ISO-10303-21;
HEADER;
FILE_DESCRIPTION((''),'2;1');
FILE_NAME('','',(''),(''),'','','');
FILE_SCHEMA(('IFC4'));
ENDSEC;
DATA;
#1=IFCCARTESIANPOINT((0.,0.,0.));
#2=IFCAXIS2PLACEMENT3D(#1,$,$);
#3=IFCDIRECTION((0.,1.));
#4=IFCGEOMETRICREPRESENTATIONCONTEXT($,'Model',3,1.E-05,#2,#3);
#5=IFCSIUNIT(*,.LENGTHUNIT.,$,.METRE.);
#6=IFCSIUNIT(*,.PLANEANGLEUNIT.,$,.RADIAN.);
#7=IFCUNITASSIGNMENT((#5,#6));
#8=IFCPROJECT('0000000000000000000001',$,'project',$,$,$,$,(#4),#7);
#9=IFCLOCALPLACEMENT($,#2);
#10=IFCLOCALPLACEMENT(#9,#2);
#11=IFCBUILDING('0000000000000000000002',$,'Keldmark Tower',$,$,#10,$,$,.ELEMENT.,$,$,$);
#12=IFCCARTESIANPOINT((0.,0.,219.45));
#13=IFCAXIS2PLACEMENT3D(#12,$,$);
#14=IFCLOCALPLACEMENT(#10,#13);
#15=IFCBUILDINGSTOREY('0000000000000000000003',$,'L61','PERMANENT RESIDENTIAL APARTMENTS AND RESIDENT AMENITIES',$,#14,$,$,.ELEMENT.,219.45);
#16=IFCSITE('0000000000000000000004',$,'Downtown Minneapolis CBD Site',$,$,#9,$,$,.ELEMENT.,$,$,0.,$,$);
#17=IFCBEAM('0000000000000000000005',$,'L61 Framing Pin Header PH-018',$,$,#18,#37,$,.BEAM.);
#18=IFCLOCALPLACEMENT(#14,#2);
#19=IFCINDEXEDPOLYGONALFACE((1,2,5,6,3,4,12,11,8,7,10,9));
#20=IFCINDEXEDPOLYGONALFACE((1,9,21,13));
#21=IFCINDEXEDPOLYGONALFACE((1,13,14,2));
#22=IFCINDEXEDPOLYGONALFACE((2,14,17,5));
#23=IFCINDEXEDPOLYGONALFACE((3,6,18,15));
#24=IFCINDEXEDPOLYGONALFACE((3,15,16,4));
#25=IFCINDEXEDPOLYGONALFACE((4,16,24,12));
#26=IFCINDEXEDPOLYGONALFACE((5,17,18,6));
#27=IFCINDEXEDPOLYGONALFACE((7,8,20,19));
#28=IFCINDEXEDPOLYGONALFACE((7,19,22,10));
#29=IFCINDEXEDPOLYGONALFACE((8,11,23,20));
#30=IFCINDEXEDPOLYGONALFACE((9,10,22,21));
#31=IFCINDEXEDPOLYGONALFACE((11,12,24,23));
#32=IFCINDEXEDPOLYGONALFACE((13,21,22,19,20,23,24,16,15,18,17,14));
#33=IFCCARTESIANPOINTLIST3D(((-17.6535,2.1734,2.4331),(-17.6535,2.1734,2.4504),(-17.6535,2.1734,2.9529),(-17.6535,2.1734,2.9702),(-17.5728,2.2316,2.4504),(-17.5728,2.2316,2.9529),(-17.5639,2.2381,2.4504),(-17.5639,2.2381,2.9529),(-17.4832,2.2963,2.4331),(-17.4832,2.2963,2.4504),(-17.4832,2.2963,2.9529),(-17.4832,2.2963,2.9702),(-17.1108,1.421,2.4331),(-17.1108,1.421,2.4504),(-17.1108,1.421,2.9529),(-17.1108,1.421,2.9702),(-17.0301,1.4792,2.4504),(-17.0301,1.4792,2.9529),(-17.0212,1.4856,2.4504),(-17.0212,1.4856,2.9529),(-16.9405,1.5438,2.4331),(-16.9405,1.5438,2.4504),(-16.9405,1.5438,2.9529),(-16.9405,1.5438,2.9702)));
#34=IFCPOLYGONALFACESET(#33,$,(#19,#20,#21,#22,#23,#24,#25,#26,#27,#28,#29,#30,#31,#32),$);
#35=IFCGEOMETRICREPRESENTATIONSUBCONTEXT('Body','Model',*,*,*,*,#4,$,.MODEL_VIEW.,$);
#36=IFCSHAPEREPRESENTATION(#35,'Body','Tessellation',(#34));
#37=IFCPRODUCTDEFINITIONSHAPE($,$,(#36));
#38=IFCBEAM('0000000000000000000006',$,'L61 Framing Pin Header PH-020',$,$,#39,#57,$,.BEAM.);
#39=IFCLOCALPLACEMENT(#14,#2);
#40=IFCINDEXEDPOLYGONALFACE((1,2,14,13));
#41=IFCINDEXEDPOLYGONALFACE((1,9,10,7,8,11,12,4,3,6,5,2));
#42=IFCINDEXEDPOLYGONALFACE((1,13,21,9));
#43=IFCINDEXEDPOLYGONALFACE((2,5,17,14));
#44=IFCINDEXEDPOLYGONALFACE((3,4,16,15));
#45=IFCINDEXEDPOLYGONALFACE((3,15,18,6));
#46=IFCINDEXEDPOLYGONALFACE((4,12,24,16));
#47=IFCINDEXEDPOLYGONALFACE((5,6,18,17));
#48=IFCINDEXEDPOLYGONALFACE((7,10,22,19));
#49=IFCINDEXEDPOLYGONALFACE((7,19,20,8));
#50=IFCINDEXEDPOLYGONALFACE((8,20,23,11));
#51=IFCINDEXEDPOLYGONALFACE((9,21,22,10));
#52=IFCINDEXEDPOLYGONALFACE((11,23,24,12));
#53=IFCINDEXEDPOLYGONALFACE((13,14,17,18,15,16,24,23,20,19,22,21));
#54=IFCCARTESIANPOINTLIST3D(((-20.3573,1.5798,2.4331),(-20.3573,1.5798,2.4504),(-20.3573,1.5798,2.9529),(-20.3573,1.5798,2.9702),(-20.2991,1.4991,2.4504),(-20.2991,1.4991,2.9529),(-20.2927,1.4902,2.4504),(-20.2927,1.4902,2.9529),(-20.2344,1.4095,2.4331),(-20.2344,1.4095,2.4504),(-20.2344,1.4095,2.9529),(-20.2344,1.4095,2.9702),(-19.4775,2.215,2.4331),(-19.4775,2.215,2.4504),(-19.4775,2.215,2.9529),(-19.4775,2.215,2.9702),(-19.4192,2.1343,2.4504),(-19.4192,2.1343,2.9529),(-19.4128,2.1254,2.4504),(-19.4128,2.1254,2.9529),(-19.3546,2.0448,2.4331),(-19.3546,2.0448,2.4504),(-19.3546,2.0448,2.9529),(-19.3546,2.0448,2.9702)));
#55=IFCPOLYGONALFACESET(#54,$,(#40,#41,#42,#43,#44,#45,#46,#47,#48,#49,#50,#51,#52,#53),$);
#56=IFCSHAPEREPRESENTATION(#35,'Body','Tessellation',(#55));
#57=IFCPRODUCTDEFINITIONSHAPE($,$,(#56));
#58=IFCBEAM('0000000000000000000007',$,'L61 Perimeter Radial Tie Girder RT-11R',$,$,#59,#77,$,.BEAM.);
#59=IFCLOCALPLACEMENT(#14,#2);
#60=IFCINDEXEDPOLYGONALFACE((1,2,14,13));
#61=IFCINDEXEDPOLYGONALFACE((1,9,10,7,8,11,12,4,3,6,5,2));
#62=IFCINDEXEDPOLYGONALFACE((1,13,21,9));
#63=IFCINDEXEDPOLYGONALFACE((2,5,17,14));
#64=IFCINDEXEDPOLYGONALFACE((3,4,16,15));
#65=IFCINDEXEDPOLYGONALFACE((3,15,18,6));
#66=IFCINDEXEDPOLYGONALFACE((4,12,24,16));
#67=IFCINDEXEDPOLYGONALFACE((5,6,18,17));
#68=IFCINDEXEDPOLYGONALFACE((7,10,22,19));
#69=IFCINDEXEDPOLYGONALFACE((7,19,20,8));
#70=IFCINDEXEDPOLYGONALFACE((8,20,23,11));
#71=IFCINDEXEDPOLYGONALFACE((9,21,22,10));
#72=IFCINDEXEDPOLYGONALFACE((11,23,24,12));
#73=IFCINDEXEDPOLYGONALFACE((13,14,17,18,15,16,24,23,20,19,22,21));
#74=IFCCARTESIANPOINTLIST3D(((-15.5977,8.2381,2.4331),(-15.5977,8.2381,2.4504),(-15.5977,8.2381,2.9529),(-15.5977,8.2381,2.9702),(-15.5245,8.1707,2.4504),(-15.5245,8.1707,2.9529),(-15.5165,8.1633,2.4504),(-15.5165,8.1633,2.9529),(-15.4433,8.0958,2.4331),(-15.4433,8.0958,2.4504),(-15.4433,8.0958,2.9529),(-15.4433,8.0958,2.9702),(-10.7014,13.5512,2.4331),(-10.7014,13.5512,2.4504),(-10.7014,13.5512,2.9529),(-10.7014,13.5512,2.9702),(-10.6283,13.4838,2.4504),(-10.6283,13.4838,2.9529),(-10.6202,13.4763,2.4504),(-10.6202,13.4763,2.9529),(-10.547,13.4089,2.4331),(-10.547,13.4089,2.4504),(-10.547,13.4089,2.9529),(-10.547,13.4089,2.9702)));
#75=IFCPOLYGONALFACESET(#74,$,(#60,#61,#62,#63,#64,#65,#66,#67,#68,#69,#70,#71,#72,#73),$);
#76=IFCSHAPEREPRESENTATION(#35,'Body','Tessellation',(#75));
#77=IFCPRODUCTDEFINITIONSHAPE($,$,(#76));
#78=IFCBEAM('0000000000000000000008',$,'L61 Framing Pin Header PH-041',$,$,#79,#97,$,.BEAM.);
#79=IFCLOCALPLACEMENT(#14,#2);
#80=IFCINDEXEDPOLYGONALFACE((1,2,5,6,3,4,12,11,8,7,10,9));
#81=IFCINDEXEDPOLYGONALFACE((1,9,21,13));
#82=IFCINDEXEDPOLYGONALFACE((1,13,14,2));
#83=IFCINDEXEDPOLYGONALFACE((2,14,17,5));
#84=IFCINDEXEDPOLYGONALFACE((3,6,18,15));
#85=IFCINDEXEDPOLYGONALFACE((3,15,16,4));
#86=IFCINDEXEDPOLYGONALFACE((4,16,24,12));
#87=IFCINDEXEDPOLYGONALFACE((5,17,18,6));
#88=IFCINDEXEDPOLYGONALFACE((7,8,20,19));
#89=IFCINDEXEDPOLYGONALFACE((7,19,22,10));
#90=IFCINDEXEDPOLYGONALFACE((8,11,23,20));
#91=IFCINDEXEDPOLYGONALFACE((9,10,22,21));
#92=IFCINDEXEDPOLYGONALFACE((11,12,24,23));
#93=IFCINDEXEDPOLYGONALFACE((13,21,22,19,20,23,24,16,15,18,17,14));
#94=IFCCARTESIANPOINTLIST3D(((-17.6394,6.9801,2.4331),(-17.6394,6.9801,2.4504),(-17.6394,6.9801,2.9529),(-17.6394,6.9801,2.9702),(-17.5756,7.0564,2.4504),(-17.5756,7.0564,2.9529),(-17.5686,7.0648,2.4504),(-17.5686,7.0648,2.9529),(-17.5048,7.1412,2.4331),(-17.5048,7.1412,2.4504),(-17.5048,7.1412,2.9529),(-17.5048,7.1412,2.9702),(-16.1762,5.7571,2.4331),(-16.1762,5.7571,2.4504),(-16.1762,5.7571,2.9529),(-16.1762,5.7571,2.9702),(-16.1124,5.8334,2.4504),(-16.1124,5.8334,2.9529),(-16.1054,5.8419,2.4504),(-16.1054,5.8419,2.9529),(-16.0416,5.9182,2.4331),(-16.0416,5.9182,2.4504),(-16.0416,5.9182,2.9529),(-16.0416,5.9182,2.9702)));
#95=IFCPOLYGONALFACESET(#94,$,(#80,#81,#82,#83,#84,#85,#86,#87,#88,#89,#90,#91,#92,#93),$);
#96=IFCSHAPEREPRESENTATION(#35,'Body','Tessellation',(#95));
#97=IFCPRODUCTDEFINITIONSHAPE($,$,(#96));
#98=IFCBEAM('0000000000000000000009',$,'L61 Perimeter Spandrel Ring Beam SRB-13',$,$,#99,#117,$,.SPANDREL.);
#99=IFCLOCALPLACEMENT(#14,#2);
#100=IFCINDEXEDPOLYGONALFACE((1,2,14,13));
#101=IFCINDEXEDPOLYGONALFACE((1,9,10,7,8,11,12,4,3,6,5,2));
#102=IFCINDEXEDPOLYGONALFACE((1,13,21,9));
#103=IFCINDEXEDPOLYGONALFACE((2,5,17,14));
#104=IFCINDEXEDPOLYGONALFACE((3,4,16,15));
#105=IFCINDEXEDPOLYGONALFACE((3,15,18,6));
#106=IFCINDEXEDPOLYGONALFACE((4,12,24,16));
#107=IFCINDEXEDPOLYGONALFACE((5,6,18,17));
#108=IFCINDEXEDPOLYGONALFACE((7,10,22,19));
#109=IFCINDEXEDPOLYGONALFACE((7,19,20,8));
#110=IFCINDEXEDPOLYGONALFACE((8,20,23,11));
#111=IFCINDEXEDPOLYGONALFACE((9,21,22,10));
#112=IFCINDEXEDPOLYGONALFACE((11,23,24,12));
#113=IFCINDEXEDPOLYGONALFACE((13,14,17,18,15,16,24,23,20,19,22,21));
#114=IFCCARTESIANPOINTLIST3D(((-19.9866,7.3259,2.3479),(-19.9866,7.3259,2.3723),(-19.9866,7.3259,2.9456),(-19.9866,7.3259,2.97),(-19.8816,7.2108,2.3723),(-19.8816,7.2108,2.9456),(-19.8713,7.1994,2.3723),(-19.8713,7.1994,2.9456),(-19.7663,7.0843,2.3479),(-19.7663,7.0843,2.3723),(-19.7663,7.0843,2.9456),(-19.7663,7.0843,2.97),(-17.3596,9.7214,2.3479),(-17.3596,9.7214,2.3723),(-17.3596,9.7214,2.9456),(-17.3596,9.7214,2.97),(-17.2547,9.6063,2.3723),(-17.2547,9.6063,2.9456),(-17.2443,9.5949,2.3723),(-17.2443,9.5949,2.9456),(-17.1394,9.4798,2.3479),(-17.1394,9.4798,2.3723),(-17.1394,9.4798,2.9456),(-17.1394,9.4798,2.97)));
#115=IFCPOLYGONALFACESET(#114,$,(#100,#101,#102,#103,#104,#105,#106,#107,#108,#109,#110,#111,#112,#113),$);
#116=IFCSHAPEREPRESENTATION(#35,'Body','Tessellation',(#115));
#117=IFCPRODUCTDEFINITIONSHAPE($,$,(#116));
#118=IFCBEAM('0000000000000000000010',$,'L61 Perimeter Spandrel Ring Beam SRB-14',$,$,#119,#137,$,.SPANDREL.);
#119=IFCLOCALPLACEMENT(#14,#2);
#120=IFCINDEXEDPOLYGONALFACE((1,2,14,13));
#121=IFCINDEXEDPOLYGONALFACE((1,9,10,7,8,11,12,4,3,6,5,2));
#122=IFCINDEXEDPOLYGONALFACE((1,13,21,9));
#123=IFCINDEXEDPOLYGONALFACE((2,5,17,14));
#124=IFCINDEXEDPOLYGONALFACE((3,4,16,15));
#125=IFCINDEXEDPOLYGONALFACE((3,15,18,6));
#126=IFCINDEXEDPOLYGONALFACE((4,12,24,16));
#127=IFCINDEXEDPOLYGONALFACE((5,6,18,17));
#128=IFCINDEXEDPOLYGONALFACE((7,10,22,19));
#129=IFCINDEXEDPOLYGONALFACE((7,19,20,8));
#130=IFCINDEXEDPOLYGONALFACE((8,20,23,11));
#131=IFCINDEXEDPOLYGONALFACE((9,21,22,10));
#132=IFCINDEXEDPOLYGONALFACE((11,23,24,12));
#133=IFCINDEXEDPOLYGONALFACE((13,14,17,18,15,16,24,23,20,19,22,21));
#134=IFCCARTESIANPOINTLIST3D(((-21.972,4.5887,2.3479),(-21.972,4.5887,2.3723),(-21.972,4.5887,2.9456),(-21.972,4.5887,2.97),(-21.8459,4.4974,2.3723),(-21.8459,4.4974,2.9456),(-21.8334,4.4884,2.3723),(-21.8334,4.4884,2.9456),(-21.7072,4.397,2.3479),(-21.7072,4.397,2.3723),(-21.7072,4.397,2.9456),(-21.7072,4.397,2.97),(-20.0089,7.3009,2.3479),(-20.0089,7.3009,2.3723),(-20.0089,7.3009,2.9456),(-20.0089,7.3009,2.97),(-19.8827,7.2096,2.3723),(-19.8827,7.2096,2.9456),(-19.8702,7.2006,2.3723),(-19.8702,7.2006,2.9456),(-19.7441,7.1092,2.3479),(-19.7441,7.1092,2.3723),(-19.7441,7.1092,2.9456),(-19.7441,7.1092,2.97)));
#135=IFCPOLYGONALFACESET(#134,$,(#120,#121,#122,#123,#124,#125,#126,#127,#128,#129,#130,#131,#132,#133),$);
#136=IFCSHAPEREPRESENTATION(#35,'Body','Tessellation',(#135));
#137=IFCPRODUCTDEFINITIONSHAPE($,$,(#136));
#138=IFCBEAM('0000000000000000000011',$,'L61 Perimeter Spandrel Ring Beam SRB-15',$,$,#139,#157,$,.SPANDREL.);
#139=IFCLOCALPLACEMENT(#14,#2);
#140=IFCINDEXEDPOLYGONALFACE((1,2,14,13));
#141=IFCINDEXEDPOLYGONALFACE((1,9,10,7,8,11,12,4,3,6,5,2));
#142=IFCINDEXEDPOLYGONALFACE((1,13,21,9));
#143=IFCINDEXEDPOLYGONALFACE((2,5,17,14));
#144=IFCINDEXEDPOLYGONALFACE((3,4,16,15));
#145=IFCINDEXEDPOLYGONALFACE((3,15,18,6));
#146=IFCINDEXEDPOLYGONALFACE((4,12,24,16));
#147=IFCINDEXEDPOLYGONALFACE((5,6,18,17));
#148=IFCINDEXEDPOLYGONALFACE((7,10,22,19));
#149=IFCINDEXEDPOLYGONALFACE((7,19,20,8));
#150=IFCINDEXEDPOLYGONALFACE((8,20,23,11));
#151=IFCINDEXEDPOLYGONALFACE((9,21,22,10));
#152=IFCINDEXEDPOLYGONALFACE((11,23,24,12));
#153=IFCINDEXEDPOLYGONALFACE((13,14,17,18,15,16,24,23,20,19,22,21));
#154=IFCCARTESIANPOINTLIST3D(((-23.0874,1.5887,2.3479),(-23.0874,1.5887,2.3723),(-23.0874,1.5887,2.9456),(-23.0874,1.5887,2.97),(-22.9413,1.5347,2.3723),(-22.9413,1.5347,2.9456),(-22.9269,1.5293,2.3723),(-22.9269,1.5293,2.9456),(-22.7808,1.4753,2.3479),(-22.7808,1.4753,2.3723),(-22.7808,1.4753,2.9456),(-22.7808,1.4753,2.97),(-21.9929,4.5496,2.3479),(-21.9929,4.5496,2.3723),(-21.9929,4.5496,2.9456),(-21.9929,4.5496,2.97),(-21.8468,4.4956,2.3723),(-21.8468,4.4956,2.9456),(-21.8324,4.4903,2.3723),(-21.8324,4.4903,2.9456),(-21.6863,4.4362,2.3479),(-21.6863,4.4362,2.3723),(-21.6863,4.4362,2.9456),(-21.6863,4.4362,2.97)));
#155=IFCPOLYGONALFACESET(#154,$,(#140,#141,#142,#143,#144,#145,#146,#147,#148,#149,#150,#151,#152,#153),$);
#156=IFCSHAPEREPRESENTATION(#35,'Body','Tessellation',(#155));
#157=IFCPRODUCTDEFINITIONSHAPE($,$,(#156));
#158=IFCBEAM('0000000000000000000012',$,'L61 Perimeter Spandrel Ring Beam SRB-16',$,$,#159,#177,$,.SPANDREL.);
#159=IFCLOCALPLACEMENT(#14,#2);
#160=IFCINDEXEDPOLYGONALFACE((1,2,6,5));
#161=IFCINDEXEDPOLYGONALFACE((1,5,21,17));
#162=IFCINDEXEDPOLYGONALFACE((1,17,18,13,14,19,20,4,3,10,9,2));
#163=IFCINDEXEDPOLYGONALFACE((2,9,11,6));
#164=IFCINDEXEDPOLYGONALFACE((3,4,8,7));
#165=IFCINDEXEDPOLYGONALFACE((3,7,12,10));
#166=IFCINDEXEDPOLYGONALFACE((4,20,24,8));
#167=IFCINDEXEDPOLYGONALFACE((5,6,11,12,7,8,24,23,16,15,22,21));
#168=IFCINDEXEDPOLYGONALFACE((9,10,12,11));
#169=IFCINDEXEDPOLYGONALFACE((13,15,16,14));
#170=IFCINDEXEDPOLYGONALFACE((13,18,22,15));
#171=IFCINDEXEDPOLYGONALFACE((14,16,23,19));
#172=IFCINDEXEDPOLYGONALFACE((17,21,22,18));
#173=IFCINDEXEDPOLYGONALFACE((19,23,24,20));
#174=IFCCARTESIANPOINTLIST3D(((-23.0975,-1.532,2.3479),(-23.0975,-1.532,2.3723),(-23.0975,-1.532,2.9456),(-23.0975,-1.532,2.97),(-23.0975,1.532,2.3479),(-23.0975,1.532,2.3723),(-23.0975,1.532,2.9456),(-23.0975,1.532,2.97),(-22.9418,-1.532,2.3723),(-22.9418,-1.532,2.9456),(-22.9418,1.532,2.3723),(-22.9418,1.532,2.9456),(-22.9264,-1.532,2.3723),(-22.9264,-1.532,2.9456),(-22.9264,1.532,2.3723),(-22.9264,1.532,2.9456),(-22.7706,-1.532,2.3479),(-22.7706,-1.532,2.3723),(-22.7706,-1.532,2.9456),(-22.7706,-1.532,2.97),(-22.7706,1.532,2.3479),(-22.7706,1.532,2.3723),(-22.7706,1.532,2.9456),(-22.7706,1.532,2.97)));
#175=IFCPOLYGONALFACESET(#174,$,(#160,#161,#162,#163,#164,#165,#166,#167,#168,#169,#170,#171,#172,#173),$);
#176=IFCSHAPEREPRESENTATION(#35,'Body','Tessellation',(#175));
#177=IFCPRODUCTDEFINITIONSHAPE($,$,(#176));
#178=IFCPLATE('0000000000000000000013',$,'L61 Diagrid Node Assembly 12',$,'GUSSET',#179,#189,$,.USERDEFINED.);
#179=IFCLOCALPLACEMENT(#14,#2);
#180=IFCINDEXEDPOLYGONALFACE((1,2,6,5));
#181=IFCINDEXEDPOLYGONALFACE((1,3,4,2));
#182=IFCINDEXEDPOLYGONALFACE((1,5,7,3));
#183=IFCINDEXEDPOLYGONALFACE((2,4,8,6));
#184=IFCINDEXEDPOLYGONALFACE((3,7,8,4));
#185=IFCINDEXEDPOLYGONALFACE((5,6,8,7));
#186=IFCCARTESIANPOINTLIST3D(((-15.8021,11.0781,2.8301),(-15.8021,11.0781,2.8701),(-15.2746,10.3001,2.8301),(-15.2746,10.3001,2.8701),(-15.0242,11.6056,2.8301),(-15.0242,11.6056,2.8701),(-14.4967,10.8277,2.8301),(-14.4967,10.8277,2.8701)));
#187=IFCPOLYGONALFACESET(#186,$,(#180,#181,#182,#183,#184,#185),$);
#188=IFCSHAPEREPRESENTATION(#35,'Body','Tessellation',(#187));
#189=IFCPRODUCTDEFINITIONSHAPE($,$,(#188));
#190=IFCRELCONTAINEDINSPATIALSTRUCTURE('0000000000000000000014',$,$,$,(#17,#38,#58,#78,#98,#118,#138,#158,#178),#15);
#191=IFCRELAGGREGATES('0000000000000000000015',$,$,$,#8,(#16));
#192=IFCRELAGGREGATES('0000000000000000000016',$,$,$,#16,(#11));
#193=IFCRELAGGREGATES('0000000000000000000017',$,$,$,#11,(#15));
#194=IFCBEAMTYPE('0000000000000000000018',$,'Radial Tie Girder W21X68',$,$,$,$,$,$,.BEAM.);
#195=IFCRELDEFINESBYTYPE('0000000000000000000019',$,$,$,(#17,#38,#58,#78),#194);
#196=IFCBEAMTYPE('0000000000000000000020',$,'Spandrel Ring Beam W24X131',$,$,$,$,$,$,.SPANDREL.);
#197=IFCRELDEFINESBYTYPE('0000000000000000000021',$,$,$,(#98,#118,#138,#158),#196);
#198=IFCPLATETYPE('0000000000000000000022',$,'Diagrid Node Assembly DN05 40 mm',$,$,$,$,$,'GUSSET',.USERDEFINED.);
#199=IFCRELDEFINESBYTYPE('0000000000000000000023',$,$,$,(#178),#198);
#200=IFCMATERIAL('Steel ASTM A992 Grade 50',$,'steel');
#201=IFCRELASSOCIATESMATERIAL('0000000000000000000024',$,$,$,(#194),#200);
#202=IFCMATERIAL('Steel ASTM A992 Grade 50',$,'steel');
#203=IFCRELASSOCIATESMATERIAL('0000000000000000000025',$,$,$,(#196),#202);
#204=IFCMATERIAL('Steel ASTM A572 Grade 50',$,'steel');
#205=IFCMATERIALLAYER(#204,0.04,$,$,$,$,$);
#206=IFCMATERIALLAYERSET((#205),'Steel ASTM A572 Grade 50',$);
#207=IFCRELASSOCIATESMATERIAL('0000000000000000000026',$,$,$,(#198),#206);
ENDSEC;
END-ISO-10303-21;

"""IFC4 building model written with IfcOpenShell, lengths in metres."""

from ifc_helpers import new_model, si_unit, direction, frame, origin, origin_2d, place, context, subcontext, project, spatial, rectangle, i_section, extrude, material, layer, layer_set, material_profile, profile_set, type_object, element, save


model = new_model("IFC4")

# Units and contexts
model_context = context("Model", 3, precision=1e-05, world=origin(), true_north=direction((0.0, 1.0)))
body_context = subcontext(model_context, "Body", "Model", "MODEL_VIEW")
ifc_project = project(units=[si_unit("LENGTHUNIT", "METRE"), si_unit("PLANEANGLEUNIT", "RADIAN")], contexts=[model_context])

# Site, building, storey
site_placement = place(None, origin())
site = spatial("IfcSite", under=ifc_project, at=site_placement, Name="Downtown Minneapolis CBD Site", CompositionType="ELEMENT", RefElevation=0.0)
building_placement = place(site_placement, origin())
building = spatial("IfcBuilding", under=site, at=building_placement, Name="Keldmark Tower", CompositionType="ELEMENT")
storey_placement = place(building_placement, frame((0.0, 0.0, 219.45)))
storey = spatial("IfcBuildingStorey", under=building, at=storey_placement, Name="L61", Description="PERMANENT RESIDENTIAL APARTMENTS AND RESIDENT AMENITIES", CompositionType="ELEMENT", Elevation=219.45)

# Beams
ifc_material_1 = material(Name="Steel ASTM A992 Grade 50", Category="steel")
ifc_material_profile_1 = material_profile(ifc_material_1, i_section(OverallWidth=0.21, OverallDepth=0.5371, WebThickness=0.011, FlangeThickness=0.0173, at=origin_2d()), Name="W21X68")
ifc_profile_set_1 = profile_set([ifc_material_profile_1], Name="Steel ASTM A992 Grade 50")
beam_type_1 = type_object("IfcBeamType", Name="Radial Tie Girder W21X68", PredefinedType="BEAM", material=ifc_profile_set_1)
beam_1_placement = place(storey_placement, frame((-17.0256, 1.4824, 2.7017), z_axis=(-0.584991, 0.81104, 0.0), x_axis=(-0.81104, -0.584991, 0.0)))
element("IfcBeam", 1, at=beam_1_placement, inside=storey, type_object=beam_type_1, Name="L61 Framing Pin Header PH-018", PredefinedType="BEAM", context=body_context, shape_type="SweptSolid", body=[
    extrude(i_section(OverallWidth=0.21, OverallDepth=0.5371, WebThickness=0.011, FlangeThickness=0.0173, at=origin_2d()), origin(), (0.0, 0.0, 1.0), 0.9277),
])
beam_2_placement = place(storey_placement, frame((-19.416, 2.1299, 2.7017), z_axis=(-0.810774, -0.585359, 0.0), x_axis=(0.585359, -0.810774, 0.0)))
element("IfcBeam", 2, at=beam_2_placement, inside=storey, type_object=beam_type_1, Name="L61 Framing Pin Header PH-020", PredefinedType="BEAM", context=body_context, shape_type="SweptSolid", body=[
    extrude(i_section(OverallWidth=0.21, OverallDepth=0.5371, WebThickness=0.011, FlangeThickness=0.0173, at=origin_2d()), origin(), (0.0, 0.0, 1.0), 1.0852),
])
beam_3_placement = place(storey_placement, frame((-15.5205, 8.167, 2.7017), z_axis=(0.677678, 0.735359, 0.0), x_axis=(-0.735359, 0.677678, 0.0)))
element("IfcBeam", 3, at=beam_3_placement, inside=storey, type_object=beam_type_1, Name="L61 Perimeter Radial Tie Girder RT-11R", PredefinedType="BEAM", context=body_context, shape_type="SweptSolid", body=[
    extrude(i_section(OverallWidth=0.21, OverallDepth=0.5371, WebThickness=0.011, FlangeThickness=0.0173, at=origin_2d()), origin(), (0.0, 0.0, 1.0), 7.2251),
])
beam_4_placement = place(storey_placement, frame((-16.1089, 5.8376, 2.7017), z_axis=(-0.767286, 0.641305, 0.0), x_axis=(-0.641305, -0.767286, 0.0)))
element("IfcBeam", 4, at=beam_4_placement, inside=storey, type_object=beam_type_1, Name="L61 Framing Pin Header PH-041", PredefinedType="BEAM", context=body_context, shape_type="SweptSolid", body=[
    extrude(i_section(OverallWidth=0.21, OverallDepth=0.5371, WebThickness=0.011, FlangeThickness=0.0173, at=origin_2d()), origin(), (0.0, 0.0, 1.0), 1.907),
])
ifc_material_2 = material(Name="Steel ASTM A992 Grade 50", Category="steel")
ifc_material_profile_2 = material_profile(ifc_material_2, i_section(OverallWidth=0.3269, OverallDepth=0.6221, WebThickness=0.0154, FlangeThickness=0.0244, at=origin_2d()), Name="W24X131")
ifc_profile_set_2 = profile_set([ifc_material_profile_2], Name="Steel ASTM A992 Grade 50")
beam_type_2 = type_object("IfcBeamType", Name="Spandrel Ring Beam W24X131", PredefinedType="SPANDREL", material=ifc_profile_set_2)
beam_5_placement = place(storey_placement, frame((-17.2495, 9.6006, 2.6589), z_axis=(-0.738908, -0.673807, 0.0), x_axis=(0.673807, -0.738908, 0.0)))
element("IfcBeam", 5, at=beam_5_placement, inside=storey, type_object=beam_type_2, Name="L61 Perimeter Spandrel Ring Beam SRB-13", PredefinedType="SPANDREL", context=body_context, shape_type="SweptSolid", body=[
    extrude(i_section(OverallWidth=0.3269, OverallDepth=0.6221, WebThickness=0.0154, FlangeThickness=0.0244, at=origin_2d()), origin(), (0.0, 0.0, 1.0), 3.5552),
])
beam_6_placement = place(storey_placement, frame((-19.8765, 7.2051, 2.6589), z_axis=(-0.586345, -0.810062, 0.0), x_axis=(0.810062, -0.586345, 0.0)))
element("IfcBeam", 6, at=beam_6_placement, inside=storey, type_object=beam_type_2, Name="L61 Perimeter Spandrel Ring Beam SRB-14", PredefinedType="SPANDREL", context=body_context, shape_type="SweptSolid", body=[
    extrude(i_section(OverallWidth=0.3269, OverallDepth=0.6221, WebThickness=0.0154, FlangeThickness=0.0244, at=origin_2d()), origin(), (0.0, 0.0, 1.0), 3.3481),
])
beam_7_placement = place(storey_placement, frame((-21.8396, 4.4929, 2.6589), z_axis=(-0.346712, -0.937972, 0.0), x_axis=(0.937972, -0.346712, 0.0)))
element("IfcBeam", 7, at=beam_7_placement, inside=storey, type_object=beam_type_2, Name="L61 Perimeter Spandrel Ring Beam SRB-15", PredefinedType="SPANDREL", context=body_context, shape_type="SweptSolid", body=[
    extrude(i_section(OverallWidth=0.3269, OverallDepth=0.6221, WebThickness=0.0154, FlangeThickness=0.0244, at=origin_2d()), origin(), (0.0, 0.0, 1.0), 3.1567),
])
beam_8_placement = place(storey_placement, frame((-22.9341, 1.532, 2.6589), z_axis=(0.0, -1.0, 0.0), x_axis=(1.0, 0.0, 0.0)))
element("IfcBeam", 8, at=beam_8_placement, inside=storey, type_object=beam_type_2, Name="L61 Perimeter Spandrel Ring Beam SRB-16", PredefinedType="SPANDREL", context=body_context, shape_type="SweptSolid", body=[
    extrude(i_section(OverallWidth=0.3269, OverallDepth=0.6221, WebThickness=0.0154, FlangeThickness=0.0244, at=origin_2d()), origin(), (0.0, 0.0, 1.0), 3.064),
])

# Plate
ifc_material_3 = material(Name="Steel ASTM A572 Grade 50", Category="steel")
ifc_layer_1 = layer(ifc_material_3, 0.04)
ifc_layer_set_1 = layer_set([ifc_layer_1], Name="Steel ASTM A572 Grade 50")
plate_type = type_object("IfcPlateType", Name="Diagrid Node Assembly DN05 40 mm", ElementType="GUSSET", PredefinedType="USERDEFINED", material=ifc_layer_set_1)
for number, where, z_axis, x_axis, name in (
    (9, (-15.1494, 10.9529, 2.8301), (0.0, 0.0, 1.0), (-0.827669, -0.561217, 0.0), "L61 Diagrid Node Assembly 12"),
):
    element("IfcPlate", number, at=place(storey_placement, frame(where, z_axis=z_axis, x_axis=x_axis)), inside=storey, type_object=plate_type, Name=name, ObjectType="GUSSET", PredefinedType="USERDEFINED", context=body_context, shape_type="SweptSolid", body=[
        extrude(rectangle(XDim=0.9399, YDim=0.9399, at=origin_2d()), origin(), (0.0, 0.0, 1.0), 0.04),
    ])

save(model, "model.ifc")
